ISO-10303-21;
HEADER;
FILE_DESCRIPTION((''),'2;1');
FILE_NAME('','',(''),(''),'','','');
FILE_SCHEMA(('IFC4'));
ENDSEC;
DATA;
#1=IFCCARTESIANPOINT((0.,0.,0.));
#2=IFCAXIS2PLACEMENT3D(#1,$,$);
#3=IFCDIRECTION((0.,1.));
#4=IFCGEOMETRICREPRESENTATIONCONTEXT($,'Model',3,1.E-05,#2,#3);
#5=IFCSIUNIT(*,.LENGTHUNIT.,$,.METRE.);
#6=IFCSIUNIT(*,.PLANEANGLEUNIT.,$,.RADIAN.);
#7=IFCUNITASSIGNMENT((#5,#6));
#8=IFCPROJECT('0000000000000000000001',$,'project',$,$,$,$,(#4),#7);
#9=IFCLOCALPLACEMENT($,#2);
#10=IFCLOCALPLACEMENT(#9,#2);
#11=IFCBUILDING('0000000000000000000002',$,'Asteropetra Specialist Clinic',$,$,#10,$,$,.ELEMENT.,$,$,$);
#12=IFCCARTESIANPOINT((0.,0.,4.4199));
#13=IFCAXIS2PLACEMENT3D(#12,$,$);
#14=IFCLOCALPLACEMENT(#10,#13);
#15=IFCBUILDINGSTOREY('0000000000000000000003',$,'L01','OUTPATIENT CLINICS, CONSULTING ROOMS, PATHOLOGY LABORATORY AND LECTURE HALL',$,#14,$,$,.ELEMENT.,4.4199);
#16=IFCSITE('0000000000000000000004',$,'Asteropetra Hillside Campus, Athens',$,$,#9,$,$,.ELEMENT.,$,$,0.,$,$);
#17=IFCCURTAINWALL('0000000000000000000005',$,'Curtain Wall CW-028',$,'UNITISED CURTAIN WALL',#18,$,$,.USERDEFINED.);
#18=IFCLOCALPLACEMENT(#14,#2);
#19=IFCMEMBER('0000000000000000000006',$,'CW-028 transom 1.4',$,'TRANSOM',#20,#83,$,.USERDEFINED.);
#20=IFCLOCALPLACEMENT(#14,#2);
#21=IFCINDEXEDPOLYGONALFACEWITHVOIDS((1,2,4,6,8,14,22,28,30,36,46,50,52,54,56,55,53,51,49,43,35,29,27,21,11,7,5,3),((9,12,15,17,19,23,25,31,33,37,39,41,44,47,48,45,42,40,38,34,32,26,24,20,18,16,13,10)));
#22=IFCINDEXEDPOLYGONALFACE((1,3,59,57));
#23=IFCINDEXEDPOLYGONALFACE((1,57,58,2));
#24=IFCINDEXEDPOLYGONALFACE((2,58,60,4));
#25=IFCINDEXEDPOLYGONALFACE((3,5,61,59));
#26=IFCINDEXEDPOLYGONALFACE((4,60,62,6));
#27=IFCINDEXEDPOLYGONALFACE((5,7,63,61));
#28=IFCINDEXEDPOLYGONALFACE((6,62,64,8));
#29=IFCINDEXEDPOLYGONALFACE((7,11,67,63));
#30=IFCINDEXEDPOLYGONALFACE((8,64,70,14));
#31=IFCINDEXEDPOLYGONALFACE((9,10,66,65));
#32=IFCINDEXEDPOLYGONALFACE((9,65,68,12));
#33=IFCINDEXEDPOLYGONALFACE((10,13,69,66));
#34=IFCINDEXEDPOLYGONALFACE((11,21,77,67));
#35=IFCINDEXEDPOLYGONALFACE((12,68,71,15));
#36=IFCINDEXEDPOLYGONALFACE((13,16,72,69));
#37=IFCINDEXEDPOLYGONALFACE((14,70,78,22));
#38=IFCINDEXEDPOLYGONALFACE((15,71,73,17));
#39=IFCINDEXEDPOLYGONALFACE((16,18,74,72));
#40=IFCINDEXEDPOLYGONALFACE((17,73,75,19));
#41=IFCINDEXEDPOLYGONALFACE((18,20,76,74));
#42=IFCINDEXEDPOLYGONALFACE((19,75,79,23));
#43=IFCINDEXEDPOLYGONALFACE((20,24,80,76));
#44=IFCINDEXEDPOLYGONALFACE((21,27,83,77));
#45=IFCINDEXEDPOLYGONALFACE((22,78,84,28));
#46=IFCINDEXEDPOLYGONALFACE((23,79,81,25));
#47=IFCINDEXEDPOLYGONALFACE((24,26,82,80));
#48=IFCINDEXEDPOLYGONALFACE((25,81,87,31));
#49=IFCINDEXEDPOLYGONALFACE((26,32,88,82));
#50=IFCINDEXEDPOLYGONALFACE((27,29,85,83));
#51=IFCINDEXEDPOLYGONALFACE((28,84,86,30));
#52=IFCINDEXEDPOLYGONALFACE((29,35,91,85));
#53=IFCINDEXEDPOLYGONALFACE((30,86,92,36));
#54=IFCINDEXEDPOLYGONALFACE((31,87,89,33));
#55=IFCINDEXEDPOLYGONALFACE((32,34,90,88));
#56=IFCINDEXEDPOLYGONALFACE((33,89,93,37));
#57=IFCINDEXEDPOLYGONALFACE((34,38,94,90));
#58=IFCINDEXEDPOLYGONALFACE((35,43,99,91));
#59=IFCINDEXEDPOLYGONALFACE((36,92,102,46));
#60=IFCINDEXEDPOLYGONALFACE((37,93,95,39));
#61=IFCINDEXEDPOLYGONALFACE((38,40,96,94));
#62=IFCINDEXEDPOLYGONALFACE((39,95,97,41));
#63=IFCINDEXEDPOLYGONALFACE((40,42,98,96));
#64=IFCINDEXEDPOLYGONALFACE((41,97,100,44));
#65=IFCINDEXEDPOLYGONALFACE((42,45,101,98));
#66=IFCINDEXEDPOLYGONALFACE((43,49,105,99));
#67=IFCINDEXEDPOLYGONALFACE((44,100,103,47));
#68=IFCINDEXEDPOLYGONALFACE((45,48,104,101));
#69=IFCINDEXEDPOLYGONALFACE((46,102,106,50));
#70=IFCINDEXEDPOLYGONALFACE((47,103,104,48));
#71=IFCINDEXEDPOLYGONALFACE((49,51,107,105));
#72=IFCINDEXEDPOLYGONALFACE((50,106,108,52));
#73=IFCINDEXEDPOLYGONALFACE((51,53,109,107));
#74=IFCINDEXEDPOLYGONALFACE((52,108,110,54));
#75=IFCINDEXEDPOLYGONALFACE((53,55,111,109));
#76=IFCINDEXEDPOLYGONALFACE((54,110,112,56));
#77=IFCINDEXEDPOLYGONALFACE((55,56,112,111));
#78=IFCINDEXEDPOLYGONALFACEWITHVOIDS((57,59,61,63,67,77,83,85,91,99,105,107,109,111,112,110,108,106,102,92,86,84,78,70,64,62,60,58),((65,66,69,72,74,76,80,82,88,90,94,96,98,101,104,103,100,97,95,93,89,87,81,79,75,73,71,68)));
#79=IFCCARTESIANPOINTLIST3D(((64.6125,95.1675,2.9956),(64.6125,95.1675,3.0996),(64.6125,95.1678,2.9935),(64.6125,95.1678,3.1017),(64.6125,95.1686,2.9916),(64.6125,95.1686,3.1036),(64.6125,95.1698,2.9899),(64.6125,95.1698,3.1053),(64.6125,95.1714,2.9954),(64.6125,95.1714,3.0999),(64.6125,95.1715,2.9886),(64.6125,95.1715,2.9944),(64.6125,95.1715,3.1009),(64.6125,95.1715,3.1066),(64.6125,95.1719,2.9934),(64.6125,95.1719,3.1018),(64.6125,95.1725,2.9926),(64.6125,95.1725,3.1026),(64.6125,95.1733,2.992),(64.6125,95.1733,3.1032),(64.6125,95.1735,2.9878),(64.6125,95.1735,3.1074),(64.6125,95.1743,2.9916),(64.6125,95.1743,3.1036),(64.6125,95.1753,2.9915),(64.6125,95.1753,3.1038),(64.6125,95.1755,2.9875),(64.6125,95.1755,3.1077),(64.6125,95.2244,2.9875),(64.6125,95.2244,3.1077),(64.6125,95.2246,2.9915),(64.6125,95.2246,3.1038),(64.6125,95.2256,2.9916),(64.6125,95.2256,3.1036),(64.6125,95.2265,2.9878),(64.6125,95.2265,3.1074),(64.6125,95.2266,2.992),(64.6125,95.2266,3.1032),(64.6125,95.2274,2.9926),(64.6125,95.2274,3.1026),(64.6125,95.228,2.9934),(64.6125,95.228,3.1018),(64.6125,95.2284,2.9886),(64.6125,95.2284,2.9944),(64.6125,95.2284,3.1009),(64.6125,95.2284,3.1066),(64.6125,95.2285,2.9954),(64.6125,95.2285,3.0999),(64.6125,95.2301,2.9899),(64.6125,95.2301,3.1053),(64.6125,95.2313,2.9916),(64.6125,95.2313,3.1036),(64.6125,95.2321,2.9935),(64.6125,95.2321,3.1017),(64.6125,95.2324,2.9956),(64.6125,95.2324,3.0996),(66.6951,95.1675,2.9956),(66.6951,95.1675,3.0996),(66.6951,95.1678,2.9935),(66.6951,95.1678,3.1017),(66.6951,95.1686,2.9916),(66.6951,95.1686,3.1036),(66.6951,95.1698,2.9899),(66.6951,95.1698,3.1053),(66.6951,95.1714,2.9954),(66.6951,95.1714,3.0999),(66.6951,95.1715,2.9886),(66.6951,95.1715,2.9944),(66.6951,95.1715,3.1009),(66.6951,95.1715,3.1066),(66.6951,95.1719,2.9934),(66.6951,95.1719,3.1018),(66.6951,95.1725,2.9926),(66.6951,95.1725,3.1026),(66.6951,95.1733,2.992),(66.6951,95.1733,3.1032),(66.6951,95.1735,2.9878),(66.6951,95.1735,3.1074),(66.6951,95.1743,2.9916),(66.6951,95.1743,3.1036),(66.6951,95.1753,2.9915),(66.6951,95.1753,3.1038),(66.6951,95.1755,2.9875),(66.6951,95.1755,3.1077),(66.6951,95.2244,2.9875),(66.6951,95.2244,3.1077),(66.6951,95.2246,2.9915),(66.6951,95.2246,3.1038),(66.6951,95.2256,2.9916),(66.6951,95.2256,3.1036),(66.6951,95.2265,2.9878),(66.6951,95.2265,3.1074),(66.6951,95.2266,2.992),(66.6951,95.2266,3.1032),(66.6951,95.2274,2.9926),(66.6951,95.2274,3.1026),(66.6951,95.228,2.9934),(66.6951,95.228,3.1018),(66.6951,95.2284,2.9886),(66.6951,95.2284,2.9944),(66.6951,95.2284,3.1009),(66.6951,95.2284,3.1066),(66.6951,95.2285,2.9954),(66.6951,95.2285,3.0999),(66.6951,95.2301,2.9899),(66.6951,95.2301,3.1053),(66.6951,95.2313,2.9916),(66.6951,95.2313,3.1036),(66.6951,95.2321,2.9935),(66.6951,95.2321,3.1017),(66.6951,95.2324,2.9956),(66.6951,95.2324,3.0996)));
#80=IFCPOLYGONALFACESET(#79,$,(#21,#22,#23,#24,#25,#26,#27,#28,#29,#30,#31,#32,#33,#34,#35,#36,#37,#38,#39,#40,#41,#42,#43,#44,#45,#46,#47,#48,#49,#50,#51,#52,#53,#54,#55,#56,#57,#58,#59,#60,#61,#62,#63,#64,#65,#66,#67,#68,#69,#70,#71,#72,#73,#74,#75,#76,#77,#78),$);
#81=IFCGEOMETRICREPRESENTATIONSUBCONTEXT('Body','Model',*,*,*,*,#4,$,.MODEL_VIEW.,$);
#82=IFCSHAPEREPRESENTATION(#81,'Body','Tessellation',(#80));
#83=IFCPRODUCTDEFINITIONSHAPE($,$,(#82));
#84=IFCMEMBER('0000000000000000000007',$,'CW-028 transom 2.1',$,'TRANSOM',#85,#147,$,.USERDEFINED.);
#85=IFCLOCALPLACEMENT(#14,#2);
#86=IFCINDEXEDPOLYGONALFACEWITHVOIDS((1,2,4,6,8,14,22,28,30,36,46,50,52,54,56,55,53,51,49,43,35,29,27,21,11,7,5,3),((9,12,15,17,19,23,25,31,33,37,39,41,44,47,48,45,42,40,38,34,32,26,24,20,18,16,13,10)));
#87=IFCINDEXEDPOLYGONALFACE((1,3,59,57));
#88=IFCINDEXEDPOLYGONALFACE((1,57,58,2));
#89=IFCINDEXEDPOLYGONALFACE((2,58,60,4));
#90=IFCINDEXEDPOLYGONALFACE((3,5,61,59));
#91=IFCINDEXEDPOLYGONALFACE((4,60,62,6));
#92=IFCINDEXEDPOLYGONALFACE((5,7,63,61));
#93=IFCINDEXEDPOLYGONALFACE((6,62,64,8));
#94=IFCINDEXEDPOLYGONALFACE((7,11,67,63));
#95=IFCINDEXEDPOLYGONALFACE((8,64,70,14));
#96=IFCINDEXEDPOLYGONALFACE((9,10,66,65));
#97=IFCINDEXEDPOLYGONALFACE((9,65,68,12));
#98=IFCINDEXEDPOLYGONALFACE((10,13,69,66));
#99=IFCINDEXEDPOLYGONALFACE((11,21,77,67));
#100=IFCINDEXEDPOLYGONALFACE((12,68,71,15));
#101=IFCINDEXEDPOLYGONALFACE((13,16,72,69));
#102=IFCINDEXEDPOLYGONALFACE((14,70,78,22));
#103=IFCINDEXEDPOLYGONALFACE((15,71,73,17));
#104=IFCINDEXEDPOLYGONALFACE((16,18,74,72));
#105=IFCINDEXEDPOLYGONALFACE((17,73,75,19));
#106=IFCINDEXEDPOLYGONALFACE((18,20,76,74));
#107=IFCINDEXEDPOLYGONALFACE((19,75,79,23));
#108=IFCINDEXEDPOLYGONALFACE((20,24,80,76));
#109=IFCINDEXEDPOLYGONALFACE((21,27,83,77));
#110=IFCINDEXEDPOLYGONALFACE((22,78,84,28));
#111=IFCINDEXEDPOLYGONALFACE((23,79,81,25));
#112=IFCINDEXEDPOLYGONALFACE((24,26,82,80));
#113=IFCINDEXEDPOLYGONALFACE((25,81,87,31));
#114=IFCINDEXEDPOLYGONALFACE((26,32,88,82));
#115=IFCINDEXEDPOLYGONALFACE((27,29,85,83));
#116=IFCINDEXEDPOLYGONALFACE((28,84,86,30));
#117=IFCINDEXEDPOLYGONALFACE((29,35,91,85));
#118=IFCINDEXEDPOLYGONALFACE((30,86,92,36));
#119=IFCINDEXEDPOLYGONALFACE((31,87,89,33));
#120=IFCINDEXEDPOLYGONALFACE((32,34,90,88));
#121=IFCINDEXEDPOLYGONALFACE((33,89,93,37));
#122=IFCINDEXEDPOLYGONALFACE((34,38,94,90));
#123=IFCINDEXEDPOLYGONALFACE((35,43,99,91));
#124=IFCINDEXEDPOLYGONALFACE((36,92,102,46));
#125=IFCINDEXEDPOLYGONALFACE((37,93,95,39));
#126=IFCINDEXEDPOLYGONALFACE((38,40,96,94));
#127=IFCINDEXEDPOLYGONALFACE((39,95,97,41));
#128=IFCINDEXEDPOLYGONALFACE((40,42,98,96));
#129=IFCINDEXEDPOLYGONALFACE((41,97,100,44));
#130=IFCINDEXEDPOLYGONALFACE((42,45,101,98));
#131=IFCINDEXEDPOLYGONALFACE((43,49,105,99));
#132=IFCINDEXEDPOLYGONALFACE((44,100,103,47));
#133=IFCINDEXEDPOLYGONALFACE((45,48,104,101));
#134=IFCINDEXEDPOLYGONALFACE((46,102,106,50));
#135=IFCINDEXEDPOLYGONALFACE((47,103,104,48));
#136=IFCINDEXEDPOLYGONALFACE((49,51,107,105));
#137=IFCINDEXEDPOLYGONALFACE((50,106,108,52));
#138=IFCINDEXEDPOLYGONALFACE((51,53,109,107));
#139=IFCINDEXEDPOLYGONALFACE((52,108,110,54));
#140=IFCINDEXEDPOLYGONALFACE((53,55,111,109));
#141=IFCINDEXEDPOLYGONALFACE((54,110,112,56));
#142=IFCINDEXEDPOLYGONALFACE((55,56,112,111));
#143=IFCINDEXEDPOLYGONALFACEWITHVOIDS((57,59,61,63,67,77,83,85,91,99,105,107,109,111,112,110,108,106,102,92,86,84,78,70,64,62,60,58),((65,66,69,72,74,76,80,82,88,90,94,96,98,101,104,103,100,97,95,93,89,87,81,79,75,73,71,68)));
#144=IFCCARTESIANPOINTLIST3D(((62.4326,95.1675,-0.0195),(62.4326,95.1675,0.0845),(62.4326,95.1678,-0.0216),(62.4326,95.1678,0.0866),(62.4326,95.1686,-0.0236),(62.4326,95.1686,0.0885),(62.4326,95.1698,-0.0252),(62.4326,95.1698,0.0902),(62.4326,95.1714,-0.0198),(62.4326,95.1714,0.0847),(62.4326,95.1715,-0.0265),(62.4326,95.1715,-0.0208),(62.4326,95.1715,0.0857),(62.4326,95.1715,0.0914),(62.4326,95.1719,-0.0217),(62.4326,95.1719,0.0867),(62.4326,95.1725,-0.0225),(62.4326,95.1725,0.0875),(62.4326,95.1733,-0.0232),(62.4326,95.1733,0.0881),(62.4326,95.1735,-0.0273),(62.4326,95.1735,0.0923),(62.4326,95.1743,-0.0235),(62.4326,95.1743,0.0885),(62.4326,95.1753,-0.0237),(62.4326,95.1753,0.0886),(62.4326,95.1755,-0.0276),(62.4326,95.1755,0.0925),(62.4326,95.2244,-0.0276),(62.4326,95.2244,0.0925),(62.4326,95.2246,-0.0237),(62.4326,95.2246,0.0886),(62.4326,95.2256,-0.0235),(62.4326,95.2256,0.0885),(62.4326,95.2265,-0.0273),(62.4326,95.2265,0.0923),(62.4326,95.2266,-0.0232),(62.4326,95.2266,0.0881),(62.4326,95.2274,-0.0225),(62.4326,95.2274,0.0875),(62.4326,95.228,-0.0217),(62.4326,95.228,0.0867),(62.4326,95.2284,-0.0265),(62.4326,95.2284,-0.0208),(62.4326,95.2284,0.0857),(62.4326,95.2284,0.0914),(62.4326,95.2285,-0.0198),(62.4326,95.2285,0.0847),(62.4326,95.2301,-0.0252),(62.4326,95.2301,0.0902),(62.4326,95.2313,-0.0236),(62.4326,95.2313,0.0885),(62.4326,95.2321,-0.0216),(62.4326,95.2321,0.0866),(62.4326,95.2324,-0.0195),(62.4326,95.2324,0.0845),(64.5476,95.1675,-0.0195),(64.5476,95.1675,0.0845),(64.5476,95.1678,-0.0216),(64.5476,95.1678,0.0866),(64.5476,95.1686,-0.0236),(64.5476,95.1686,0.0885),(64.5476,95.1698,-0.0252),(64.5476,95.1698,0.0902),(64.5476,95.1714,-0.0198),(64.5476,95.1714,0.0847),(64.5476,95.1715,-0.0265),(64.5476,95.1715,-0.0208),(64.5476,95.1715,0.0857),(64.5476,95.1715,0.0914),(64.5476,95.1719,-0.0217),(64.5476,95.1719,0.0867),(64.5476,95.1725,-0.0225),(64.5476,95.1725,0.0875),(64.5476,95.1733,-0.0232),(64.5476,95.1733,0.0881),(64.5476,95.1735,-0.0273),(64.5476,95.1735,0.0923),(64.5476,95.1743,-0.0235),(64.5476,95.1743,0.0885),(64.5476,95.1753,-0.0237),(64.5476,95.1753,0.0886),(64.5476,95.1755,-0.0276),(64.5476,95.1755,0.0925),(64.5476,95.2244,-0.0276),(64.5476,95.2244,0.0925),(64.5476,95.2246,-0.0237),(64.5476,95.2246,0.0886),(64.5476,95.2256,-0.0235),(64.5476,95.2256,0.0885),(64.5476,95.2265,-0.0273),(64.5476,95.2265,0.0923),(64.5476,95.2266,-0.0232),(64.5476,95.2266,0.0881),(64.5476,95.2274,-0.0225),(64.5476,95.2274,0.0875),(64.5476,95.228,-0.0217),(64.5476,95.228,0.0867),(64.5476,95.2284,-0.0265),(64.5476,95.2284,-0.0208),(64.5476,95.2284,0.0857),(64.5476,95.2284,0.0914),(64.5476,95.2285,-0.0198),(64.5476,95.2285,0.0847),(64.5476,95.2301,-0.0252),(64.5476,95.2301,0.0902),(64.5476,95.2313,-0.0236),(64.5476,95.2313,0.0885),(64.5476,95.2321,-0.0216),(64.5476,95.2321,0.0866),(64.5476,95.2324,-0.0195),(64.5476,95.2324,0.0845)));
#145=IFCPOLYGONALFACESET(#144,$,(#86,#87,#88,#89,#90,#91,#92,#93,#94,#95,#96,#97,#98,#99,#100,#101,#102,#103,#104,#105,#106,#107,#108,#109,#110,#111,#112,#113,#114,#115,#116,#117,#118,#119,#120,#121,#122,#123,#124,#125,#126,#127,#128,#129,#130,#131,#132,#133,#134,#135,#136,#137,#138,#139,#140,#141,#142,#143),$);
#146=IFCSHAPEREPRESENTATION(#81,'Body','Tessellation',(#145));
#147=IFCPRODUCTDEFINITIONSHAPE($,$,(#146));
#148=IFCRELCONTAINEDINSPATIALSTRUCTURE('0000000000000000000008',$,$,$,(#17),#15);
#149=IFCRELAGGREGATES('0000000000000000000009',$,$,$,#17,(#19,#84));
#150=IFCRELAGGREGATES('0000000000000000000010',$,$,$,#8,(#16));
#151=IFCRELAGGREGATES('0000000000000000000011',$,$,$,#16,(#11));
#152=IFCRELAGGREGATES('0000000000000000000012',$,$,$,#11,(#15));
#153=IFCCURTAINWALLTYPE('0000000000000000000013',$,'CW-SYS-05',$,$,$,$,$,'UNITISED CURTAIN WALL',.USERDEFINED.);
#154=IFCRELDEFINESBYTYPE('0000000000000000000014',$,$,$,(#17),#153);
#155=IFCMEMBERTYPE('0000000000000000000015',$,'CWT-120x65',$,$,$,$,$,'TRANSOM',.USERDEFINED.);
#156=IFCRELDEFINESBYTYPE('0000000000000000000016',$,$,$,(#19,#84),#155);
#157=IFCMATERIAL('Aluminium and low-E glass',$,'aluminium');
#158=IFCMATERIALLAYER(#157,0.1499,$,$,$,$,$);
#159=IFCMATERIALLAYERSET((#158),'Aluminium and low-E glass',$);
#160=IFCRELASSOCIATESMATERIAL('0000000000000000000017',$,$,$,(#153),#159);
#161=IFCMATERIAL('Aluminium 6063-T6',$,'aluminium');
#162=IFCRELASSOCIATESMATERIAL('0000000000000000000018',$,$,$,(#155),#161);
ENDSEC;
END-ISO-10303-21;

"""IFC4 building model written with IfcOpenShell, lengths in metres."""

from ifc_helpers import new_model, si_unit, direction, frame, origin, origin_2d, place, context, subcontext, project, spatial, hollow_rectangle, extrude, material, layer, layer_set, material_profile, profile_set, type_object, element, aggregate, save


model = new_model("IFC4")

# Units and contexts
model_context = context("Model", 3, precision=1e-05, world=origin(), true_north=direction((0.0, 1.0)))
body_context = subcontext(model_context, "Body", "Model", "MODEL_VIEW")
ifc_project = project(units=[si_unit("LENGTHUNIT", "METRE"), si_unit("PLANEANGLEUNIT", "RADIAN")], contexts=[model_context])

# Site, building, storey
site_placement = place(None, origin())
site = spatial("IfcSite", under=ifc_project, at=site_placement, Name="Asteropetra Hillside Campus, Athens", CompositionType="ELEMENT", RefElevation=0.0)
building_placement = place(site_placement, origin())
building = spatial("IfcBuilding", under=site, at=building_placement, Name="Asteropetra Specialist Clinic", CompositionType="ELEMENT")
storey_placement = place(building_placement, frame((0.0, 0.0, 4.4199)))
storey = spatial("IfcBuildingStorey", under=building, at=storey_placement, Name="L01", Description="OUTPATIENT CLINICS, CONSULTING ROOMS, PATHOLOGY LABORATORY AND LECTURE HALL", CompositionType="ELEMENT", Elevation=4.4199)

# Curtain wall, members
ifc_material_1 = material(Name="Aluminium and low-E glass", Category="aluminium")
ifc_layer_1 = layer(ifc_material_1, 0.1499)
ifc_layer_set_1 = layer_set([ifc_layer_1], Name="Aluminium and low-E glass")
curtain_wall_type = type_object("IfcCurtainWallType", Name="CW-SYS-05", ElementType="UNITISED CURTAIN WALL", PredefinedType="USERDEFINED", material=ifc_layer_set_1)
curtain_wall_placement = place(storey_placement, origin())
curtain_wall = element("IfcCurtainWall", 1, at=curtain_wall_placement, inside=storey, type_object=curtain_wall_type, Name="Curtain Wall CW-028", ObjectType="UNITISED CURTAIN WALL", PredefinedType="USERDEFINED")
ifc_material_2 = material(Name="Aluminium 6063-T6", Category="aluminium")
ifc_material_profile_1 = material_profile(ifc_material_2, hollow_rectangle(XDim=0.0649, YDim=0.1201, WallThickness=0.0039, InnerFilletRadius=0.0039, OuterFilletRadius=0.0081, at=origin_2d()), Name="TRN 120x65x4.0")
ifc_profile_set_1 = profile_set([ifc_material_profile_1], Name="Aluminium 6063-T6")
member_type_1 = type_object("IfcMemberType", Name="CWT-120x65", ElementType="TRANSOM", PredefinedType="USERDEFINED", material=ifc_profile_set_1)
member_1_placement = place(storey_placement, frame((66.6951, 95.2, 3.0476), z_axis=(-1.0, 0.0, 0.0), x_axis=(0.0, -1.0, 0.0)))
member_1 = element("IfcMember", 2, at=member_1_placement, type_object=member_type_1, Name="CW-028 transom 1.4", ObjectType="TRANSOM", PredefinedType="USERDEFINED", context=body_context, shape_type="SweptSolid", body=[
    extrude(hollow_rectangle(XDim=0.0649, YDim=0.1201, WallThickness=0.0039, InnerFilletRadius=0.0039, OuterFilletRadius=0.0081, at=origin_2d()), origin(), (0.0, 0.0, 1.0), 2.0825),
])
member_2_placement = place(storey_placement, frame((64.5476, 95.2, 0.0325), z_axis=(-1.0, 0.0, 0.0), x_axis=(0.0, -1.0, 0.0)))
member_2 = element("IfcMember", 3, at=member_2_placement, type_object=member_type_1, Name="CW-028 transom 2.1", ObjectType="TRANSOM", PredefinedType="USERDEFINED", context=body_context, shape_type="SweptSolid", body=[
    extrude(hollow_rectangle(XDim=0.0649, YDim=0.1201, WallThickness=0.0039, InnerFilletRadius=0.0039, OuterFilletRadius=0.0081, at=origin_2d()), origin(), (0.0, 0.0, 1.0), 2.115),
])
aggregate(curtain_wall, [member_1, member_2])

save(model, "model.ifc")
